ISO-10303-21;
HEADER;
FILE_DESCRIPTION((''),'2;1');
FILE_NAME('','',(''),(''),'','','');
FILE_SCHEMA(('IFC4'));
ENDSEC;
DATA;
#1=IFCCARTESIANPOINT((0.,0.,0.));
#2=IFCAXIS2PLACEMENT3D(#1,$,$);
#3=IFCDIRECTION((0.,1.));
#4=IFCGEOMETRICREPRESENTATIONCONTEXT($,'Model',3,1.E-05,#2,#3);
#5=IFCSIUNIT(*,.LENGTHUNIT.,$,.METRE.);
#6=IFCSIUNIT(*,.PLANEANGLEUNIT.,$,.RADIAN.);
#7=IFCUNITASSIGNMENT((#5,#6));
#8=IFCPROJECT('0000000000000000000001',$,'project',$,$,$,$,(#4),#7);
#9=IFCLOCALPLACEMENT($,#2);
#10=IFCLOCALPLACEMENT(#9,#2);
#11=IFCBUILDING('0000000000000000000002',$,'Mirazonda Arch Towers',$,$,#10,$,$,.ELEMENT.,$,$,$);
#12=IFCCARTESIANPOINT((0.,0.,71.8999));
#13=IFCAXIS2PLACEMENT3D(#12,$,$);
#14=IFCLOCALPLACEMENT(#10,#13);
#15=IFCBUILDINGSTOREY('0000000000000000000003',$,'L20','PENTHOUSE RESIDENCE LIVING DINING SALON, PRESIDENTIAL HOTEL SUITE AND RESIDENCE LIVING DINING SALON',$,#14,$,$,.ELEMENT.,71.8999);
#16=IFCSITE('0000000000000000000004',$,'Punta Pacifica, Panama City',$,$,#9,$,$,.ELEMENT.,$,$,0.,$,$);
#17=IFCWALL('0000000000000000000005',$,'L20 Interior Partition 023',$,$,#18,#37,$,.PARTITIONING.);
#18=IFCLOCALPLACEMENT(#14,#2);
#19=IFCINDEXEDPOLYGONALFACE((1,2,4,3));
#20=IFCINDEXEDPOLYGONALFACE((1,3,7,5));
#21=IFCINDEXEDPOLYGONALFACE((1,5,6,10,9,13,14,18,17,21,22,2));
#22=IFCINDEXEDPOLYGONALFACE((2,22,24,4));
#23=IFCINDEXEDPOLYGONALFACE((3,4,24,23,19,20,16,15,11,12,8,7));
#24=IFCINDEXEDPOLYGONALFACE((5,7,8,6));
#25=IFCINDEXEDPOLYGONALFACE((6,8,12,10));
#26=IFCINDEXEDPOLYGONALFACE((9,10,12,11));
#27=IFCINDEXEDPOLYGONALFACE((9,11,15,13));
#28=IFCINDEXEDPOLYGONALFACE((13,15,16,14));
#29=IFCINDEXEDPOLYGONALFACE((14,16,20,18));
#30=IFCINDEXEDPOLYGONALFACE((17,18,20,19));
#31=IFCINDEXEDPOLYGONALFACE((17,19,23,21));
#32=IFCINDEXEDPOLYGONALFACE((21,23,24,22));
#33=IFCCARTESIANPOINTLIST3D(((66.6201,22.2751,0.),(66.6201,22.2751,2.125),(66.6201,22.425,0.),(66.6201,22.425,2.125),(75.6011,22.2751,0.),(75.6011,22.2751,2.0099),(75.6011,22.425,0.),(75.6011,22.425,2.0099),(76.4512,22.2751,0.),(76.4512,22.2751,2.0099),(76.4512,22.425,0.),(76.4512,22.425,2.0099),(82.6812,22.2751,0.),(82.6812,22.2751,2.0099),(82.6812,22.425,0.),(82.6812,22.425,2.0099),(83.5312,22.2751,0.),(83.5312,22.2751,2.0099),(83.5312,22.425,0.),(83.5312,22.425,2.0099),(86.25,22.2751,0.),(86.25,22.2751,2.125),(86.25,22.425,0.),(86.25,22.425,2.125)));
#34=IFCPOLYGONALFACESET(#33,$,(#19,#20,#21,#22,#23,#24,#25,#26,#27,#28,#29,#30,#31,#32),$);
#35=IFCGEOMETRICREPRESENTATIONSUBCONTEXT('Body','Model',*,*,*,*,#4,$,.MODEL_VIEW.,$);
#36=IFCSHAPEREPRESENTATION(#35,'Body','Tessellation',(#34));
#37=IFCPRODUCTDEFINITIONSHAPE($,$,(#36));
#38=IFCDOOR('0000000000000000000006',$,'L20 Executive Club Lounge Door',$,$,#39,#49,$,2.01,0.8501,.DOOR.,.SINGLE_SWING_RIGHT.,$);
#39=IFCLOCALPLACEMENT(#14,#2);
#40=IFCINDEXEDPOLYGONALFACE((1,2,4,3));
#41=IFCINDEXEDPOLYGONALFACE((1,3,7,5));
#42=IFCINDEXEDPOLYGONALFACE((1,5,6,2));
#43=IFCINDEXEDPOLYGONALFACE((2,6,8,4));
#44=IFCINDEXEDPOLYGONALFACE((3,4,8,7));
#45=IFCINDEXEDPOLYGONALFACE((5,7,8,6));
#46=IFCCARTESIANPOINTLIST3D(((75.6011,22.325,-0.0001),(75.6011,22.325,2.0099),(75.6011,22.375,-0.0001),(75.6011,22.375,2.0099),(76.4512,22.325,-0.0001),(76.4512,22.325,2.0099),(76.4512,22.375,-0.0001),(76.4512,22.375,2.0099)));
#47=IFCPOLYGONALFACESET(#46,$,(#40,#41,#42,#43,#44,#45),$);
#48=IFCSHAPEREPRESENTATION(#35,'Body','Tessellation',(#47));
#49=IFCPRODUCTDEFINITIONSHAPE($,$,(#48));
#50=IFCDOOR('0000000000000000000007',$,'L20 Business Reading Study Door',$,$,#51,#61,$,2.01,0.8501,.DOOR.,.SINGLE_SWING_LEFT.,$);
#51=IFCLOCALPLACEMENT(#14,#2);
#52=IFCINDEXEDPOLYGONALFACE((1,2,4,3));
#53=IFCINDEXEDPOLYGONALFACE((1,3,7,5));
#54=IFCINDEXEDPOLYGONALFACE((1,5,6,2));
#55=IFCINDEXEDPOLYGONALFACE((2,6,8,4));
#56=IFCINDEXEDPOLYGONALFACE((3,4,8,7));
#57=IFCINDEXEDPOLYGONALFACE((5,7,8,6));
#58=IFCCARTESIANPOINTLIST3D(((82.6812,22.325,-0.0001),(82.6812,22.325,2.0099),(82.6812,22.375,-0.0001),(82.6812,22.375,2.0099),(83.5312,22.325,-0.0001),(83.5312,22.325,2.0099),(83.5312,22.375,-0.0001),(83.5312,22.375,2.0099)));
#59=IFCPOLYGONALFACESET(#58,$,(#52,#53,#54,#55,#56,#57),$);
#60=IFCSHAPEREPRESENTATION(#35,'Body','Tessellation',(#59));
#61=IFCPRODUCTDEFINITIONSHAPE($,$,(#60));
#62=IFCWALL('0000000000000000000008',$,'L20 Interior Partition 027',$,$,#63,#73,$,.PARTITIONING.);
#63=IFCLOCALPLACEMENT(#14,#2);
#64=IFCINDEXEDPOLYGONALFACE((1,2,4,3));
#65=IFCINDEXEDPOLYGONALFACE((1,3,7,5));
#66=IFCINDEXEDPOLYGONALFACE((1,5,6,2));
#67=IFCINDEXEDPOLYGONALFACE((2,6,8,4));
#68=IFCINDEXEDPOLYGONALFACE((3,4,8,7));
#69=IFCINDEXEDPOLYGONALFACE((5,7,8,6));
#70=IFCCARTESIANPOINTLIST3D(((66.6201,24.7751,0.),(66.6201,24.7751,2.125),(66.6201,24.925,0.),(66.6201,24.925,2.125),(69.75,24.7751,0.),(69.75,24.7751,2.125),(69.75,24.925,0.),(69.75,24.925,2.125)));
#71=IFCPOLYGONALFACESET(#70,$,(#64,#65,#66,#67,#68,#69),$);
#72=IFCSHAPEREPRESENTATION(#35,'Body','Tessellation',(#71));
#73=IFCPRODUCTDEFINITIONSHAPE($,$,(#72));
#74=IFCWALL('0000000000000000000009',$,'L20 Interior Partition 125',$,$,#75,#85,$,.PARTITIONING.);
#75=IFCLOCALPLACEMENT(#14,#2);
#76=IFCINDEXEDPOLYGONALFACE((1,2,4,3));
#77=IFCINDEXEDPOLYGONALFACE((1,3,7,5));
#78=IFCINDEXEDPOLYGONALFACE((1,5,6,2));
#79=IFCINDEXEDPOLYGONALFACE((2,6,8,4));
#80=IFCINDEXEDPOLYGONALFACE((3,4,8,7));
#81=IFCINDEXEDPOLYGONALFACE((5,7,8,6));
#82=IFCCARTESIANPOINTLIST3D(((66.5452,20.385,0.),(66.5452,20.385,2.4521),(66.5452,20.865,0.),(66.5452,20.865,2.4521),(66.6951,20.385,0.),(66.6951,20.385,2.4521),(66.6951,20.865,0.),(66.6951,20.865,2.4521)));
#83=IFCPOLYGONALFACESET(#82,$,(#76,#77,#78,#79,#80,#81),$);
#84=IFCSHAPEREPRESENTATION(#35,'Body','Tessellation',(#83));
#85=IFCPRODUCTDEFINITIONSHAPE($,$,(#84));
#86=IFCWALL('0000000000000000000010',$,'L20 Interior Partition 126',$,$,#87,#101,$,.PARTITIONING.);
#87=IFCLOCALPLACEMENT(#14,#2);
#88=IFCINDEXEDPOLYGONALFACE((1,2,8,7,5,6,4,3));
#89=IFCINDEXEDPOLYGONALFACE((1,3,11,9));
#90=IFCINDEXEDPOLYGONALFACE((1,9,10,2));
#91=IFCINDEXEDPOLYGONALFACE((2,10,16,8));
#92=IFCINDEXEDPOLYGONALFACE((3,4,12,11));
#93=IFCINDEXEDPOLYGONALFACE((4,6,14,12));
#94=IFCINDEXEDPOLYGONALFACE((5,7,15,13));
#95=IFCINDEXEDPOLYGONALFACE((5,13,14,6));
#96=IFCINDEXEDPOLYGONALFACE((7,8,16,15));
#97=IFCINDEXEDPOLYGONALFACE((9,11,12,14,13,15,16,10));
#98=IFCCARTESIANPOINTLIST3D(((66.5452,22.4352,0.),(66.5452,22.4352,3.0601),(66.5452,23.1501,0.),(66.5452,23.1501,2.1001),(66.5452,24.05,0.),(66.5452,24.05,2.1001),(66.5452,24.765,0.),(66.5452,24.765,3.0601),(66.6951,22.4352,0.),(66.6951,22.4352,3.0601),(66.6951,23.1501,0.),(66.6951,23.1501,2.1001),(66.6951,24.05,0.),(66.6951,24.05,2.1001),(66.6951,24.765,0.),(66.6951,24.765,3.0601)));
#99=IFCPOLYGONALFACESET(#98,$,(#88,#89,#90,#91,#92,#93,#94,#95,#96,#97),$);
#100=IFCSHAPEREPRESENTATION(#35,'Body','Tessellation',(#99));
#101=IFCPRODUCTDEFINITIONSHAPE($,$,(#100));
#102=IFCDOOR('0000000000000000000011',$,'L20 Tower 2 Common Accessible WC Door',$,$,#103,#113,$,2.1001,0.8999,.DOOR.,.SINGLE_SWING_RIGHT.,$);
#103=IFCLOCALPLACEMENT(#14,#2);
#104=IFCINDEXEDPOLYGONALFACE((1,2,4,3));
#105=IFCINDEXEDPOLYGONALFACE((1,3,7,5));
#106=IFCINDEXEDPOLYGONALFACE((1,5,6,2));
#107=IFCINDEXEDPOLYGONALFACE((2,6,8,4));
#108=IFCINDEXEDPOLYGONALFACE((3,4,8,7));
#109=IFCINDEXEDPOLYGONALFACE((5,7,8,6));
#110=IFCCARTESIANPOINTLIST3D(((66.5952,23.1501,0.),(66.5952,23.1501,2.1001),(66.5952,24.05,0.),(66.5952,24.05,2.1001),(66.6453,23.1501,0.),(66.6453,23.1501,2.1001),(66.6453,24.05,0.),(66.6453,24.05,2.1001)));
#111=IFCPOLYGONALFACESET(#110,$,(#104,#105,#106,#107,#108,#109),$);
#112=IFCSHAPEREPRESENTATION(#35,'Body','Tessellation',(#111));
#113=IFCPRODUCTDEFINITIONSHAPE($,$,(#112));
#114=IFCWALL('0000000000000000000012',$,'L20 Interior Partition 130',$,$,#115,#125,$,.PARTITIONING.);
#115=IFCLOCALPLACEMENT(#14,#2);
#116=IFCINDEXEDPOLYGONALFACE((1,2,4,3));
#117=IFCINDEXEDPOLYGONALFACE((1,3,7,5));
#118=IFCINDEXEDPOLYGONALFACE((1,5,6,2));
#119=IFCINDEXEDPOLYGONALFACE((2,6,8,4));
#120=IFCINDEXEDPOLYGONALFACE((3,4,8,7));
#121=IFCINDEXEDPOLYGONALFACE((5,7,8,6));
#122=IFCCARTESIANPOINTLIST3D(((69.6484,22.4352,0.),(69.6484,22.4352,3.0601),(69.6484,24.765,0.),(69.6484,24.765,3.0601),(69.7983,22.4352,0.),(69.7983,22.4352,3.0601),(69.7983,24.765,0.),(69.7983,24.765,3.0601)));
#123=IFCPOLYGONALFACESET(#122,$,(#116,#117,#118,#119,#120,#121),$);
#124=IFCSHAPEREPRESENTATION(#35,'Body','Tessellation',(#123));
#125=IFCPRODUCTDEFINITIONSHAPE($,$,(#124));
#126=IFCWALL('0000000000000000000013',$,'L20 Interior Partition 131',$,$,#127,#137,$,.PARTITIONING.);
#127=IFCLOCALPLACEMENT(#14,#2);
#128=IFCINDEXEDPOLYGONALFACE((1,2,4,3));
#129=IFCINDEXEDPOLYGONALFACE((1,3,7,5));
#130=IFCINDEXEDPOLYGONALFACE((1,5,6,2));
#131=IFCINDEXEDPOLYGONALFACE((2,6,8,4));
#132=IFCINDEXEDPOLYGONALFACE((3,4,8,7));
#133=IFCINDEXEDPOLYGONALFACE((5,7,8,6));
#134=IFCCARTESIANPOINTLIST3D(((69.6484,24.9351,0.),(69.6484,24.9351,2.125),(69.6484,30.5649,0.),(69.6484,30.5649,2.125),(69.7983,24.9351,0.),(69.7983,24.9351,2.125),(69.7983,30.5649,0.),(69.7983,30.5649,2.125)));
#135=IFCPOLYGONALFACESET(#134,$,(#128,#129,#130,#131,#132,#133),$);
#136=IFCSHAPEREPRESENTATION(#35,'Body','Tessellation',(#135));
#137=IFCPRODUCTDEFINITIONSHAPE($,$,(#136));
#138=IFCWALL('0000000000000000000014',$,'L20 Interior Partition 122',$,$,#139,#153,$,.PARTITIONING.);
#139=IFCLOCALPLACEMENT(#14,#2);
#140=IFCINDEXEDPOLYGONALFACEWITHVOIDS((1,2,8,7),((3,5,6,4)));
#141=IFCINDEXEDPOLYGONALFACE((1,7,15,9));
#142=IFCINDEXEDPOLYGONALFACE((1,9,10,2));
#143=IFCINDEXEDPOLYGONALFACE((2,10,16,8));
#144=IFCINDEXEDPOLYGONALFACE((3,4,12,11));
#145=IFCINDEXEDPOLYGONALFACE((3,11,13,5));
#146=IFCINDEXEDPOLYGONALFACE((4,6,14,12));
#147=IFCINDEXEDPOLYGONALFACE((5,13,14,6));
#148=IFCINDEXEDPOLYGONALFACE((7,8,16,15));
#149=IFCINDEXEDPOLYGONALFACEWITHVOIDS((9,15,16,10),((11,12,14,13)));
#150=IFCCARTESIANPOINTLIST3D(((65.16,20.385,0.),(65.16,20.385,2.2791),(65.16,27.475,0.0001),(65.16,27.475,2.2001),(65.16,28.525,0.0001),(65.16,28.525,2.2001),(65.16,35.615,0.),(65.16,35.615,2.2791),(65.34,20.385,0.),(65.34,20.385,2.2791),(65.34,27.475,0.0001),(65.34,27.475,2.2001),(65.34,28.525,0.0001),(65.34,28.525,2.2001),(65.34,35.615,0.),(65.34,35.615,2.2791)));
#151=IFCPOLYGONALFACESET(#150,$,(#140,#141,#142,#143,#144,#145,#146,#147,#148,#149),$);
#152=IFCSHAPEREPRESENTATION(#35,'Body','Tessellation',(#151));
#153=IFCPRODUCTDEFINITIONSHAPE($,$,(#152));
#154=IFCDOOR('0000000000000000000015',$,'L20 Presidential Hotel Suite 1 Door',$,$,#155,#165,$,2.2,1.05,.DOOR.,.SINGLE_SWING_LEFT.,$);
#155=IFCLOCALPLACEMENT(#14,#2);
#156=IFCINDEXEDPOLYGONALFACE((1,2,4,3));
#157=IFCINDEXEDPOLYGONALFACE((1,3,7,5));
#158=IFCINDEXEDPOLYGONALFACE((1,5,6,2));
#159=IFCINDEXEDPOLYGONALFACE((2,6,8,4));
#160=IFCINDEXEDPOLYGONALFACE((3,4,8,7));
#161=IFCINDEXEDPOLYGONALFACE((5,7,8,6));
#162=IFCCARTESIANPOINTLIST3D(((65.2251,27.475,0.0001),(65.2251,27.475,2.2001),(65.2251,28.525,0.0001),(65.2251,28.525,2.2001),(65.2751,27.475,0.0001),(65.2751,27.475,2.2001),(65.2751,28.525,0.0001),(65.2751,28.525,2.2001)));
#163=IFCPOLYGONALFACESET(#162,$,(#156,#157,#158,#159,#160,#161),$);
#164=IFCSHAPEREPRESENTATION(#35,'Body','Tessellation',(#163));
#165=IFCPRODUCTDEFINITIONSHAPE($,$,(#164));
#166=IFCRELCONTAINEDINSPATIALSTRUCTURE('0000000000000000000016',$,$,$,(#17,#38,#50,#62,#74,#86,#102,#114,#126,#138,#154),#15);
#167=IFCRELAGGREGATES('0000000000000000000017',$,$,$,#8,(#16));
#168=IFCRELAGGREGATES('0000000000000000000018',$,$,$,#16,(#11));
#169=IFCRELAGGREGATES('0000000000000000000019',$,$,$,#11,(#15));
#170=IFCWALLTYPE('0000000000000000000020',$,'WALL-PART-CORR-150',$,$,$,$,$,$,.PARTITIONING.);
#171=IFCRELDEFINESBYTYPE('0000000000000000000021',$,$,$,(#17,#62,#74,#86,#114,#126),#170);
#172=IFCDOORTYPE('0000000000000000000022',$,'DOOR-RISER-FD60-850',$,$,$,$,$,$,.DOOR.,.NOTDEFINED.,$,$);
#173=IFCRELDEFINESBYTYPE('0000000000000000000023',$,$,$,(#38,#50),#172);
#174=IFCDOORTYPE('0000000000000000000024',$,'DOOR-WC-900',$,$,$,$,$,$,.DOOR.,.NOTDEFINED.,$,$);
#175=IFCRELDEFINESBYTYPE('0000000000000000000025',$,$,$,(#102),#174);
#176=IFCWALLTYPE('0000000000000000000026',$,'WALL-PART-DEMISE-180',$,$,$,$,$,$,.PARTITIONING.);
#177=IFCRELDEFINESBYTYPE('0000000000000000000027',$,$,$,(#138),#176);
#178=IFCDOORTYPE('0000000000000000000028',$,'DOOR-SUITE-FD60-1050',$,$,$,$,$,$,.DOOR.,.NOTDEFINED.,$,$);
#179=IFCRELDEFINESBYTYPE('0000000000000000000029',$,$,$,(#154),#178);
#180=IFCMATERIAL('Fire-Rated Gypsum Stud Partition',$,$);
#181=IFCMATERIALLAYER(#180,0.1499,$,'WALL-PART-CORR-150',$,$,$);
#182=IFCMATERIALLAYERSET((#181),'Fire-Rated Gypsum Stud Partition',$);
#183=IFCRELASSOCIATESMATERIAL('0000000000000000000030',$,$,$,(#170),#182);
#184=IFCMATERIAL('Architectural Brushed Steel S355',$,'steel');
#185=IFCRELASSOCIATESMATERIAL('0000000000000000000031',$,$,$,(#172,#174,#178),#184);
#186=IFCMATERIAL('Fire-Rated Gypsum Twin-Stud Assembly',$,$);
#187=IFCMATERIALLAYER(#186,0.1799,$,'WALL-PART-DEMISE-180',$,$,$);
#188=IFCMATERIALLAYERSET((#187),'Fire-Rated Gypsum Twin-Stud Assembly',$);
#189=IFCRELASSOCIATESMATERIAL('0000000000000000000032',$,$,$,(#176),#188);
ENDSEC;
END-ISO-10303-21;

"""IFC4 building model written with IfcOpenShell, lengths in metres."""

from ifc_helpers import new_model, si_unit, direction, frame, frame_2d, origin, place, context, subcontext, project, spatial, rectangle, extrude, material, layer, layer_set, type_object, element, fill, save


model = new_model("IFC4")

# Units and contexts
model_context = context("Model", 3, precision=1e-05, world=origin(), true_north=direction((0.0, 1.0)))
body_context = subcontext(model_context, "Body", "Model", "MODEL_VIEW")
ifc_project = project(units=[si_unit("LENGTHUNIT", "METRE"), si_unit("PLANEANGLEUNIT", "RADIAN")], contexts=[model_context])

# Site, building, storey
site_placement = place(None, origin())
site = spatial("IfcSite", under=ifc_project, at=site_placement, Name="Punta Pacifica, Panama City", CompositionType="ELEMENT", RefElevation=0.0)
building_placement = place(site_placement, origin())
building = spatial("IfcBuilding", under=site, at=building_placement, Name="Mirazonda Arch Towers", CompositionType="ELEMENT")
storey_placement = place(building_placement, frame((0.0, 0.0, 71.8999)))
storey = spatial("IfcBuildingStorey", under=building, at=storey_placement, Name="L20", Description="PENTHOUSE RESIDENCE LIVING DINING SALON, PRESIDENTIAL HOTEL SUITE AND RESIDENCE LIVING DINING SALON", CompositionType="ELEMENT", Elevation=71.8999)

# Shared definitions
ifc_material_1 = material(Name="Architectural Brushed Steel S355", Category="steel")

# Shared definitions
ifc_material_2 = material(Name="Fire-Rated Gypsum Stud Partition")
ifc_layer_1 = layer(ifc_material_2, 0.1499, Name="WALL-PART-CORR-150")
ifc_layer_set_1 = layer_set([ifc_layer_1], Name="Fire-Rated Gypsum Stud Partition")
wall_type_1 = type_object("IfcWallType", Name="WALL-PART-CORR-150", PredefinedType="PARTITIONING", material=ifc_layer_set_1)

# Wall, openings, doors
wall_1_placement = place(storey_placement, frame((66.6201, 22.3501, 0.0), z_axis=(0.0, 0.0, 1.0), x_axis=(1.0, 0.0, 0.0)))
wall_1 = element("IfcWall", 1, at=wall_1_placement, inside=storey, type_object=wall_type_1, Name="L20 Interior Partition 023", PredefinedType="PARTITIONING", context=body_context, shape_type="SweptSolid", body=[
    extrude(rectangle(XDim=19.6299, YDim=0.1499, at=frame_2d((9.8149, 0.0))), origin(), (0.0, 0.0, 1.0), 2.125),
])
opening_1_placement = place(wall_1_placement, frame((8.981, 0.0, 0.0)))
opening_1 = element("IfcOpeningElement", 2, at=opening_1_placement, cuts=wall_1, PredefinedType="OPENING", context=body_context, shape_type="SweptSolid", body=[
    extrude(rectangle(XDim=0.8501, YDim=2.01, at=frame_2d((0.425, 1.0049))), frame((0.0, 0.085, 0.0), z_axis=(0.0, -1.0, 0.0), x_axis=(1.0, 0.0, 0.0)), (0.0, 0.0, 1.0), 0.1699),
])
opening_2_placement = place(wall_1_placement, frame((16.061, 0.0, 0.0)))
opening_2 = element("IfcOpeningElement", 3, at=opening_2_placement, cuts=wall_1, PredefinedType="OPENING", context=body_context, shape_type="SweptSolid", body=[
    extrude(rectangle(XDim=0.8501, YDim=2.01, at=frame_2d((0.425, 1.0049))), frame((0.0, 0.085, 0.0), z_axis=(0.0, -1.0, 0.0), x_axis=(1.0, 0.0, 0.0)), (0.0, 0.0, 1.0), 0.1699),
])
door_type_1 = type_object("IfcDoorType", Name="DOOR-RISER-FD60-850", OperationType="NOTDEFINED", PredefinedType="DOOR", material=ifc_material_1)
door_1_placement = place(opening_1_placement, origin())
door_1 = element("IfcDoor", 4, at=door_1_placement, inside=storey, type_object=door_type_1, Name="L20 Executive Club Lounge Door", OperationType="SINGLE_SWING_RIGHT", OverallHeight=2.01, OverallWidth=0.8501, PredefinedType="DOOR", context=body_context, shape_type="SweptSolid", body=[
    extrude(rectangle(XDim=0.8501, YDim=2.01, at=frame_2d((0.425, 1.0049))), frame((0.0, 0.0249, 0.0), z_axis=(0.0, -1.0, 0.0), x_axis=(1.0, 0.0, 0.0)), (0.0, 0.0, 1.0), 0.05),
])
fill(opening_1, door_1)
door_2_placement = place(opening_2_placement, origin())
door_2 = element("IfcDoor", 5, at=door_2_placement, inside=storey, type_object=door_type_1, Name="L20 Business Reading Study Door", OperationType="SINGLE_SWING_LEFT", OverallHeight=2.01, OverallWidth=0.8501, PredefinedType="DOOR", context=body_context, shape_type="SweptSolid", body=[
    extrude(rectangle(XDim=0.8501, YDim=2.01, at=frame_2d((0.425, 1.0049))), frame((0.0, 0.0249, 0.0), z_axis=(0.0, -1.0, 0.0), x_axis=(1.0, 0.0, 0.0)), (0.0, 0.0, 1.0), 0.05),
])
fill(opening_2, door_2)

# Walls
wall_2_placement = place(storey_placement, frame((66.6201, 24.8501, 0.0), z_axis=(0.0, 0.0, 1.0), x_axis=(1.0, 0.0, 0.0)))
element("IfcWall", 6, at=wall_2_placement, inside=storey, type_object=wall_type_1, Name="L20 Interior Partition 027", PredefinedType="PARTITIONING", context=body_context, shape_type="SweptSolid", body=[
    extrude(rectangle(XDim=3.1299, YDim=0.1499, at=frame_2d((1.5649, 0.0))), origin(), (0.0, 0.0, 1.0), 2.125),
])
wall_3_placement = place(storey_placement, frame((66.6201, 20.385, 0.0), z_axis=(0.0, 0.0, 1.0), x_axis=(0.0, 1.0, 0.0)))
element("IfcWall", 7, at=wall_3_placement, inside=storey, type_object=wall_type_1, Name="L20 Interior Partition 125", PredefinedType="PARTITIONING", context=body_context, shape_type="SweptSolid", body=[
    extrude(rectangle(XDim=0.48, YDim=0.1499, at=frame_2d((0.24, 0.0))), origin(), (0.0, 0.0, 1.0), 2.4521),
])

# Wall, opening, door
wall_4_placement = place(storey_placement, frame((66.6201, 22.4351, 0.0), z_axis=(0.0, 0.0, 1.0), x_axis=(0.0, 1.0, 0.0)))
wall_4 = element("IfcWall", 8, at=wall_4_placement, inside=storey, type_object=wall_type_1, Name="L20 Interior Partition 126", PredefinedType="PARTITIONING", context=body_context, shape_type="SweptSolid", body=[
    extrude(rectangle(XDim=2.3298, YDim=0.1499, at=frame_2d((1.165, 0.0))), origin(), (0.0, 0.0, 1.0), 3.0601),
])
opening_3_placement = place(wall_4_placement, frame((0.7151, 0.0, 0.0)))
opening_3 = element("IfcOpeningElement", 9, at=opening_3_placement, cuts=wall_4, PredefinedType="OPENING", context=body_context, shape_type="SweptSolid", body=[
    extrude(rectangle(XDim=0.8999, YDim=2.1001, at=frame_2d((0.45, 1.05))), frame((0.0, 0.085, 0.0), z_axis=(0.0, -1.0, 0.0), x_axis=(1.0, 0.0, 0.0)), (0.0, 0.0, 1.0), 0.1699),
])
door_type_2 = type_object("IfcDoorType", Name="DOOR-WC-900", OperationType="NOTDEFINED", PredefinedType="DOOR", material=ifc_material_1)
door_3_placement = place(opening_3_placement, origin())
door_3 = element("IfcDoor", 10, at=door_3_placement, inside=storey, type_object=door_type_2, Name="L20 Tower 2 Common Accessible WC Door", OperationType="SINGLE_SWING_RIGHT", OverallHeight=2.1001, OverallWidth=0.8999, PredefinedType="DOOR", context=body_context, shape_type="SweptSolid", body=[
    extrude(rectangle(XDim=0.8999, YDim=2.1001, at=frame_2d((0.45, 1.05))), frame((0.0, 0.0249, 0.0), z_axis=(0.0, -1.0, 0.0), x_axis=(1.0, 0.0, 0.0)), (0.0, 0.0, 1.0), 0.05),
])
fill(opening_3, door_3)

# Walls
wall_5_placement = place(storey_placement, frame((69.7234, 22.4351, 0.0), z_axis=(0.0, 0.0, 1.0), x_axis=(0.0, 1.0, 0.0)))
element("IfcWall", 11, at=wall_5_placement, inside=storey, type_object=wall_type_1, Name="L20 Interior Partition 130", PredefinedType="PARTITIONING", context=body_context, shape_type="SweptSolid", body=[
    extrude(rectangle(XDim=2.3298, YDim=0.1499, at=frame_2d((1.165, 0.0))), origin(), (0.0, 0.0, 1.0), 3.0601),
])
wall_6_placement = place(storey_placement, frame((69.7234, 24.9351, 0.0), z_axis=(0.0, 0.0, 1.0), x_axis=(0.0, 1.0, 0.0)))
element("IfcWall", 12, at=wall_6_placement, inside=storey, type_object=wall_type_1, Name="L20 Interior Partition 131", PredefinedType="PARTITIONING", context=body_context, shape_type="SweptSolid", body=[
    extrude(rectangle(XDim=5.6299, YDim=0.1499, at=frame_2d((2.8149, 0.0))), origin(), (0.0, 0.0, 1.0), 2.125),
])

# Wall, opening, door
ifc_material_3 = material(Name="Fire-Rated Gypsum Twin-Stud Assembly")
ifc_layer_2 = layer(ifc_material_3, 0.1799, Name="WALL-PART-DEMISE-180")
ifc_layer_set_2 = layer_set([ifc_layer_2], Name="Fire-Rated Gypsum Twin-Stud Assembly")
wall_type_2 = type_object("IfcWallType", Name="WALL-PART-DEMISE-180", PredefinedType="PARTITIONING", material=ifc_layer_set_2)
wall_7_placement = place(storey_placement, frame((65.25, 20.385, 0.0), z_axis=(0.0, 0.0, 1.0), x_axis=(0.0, 1.0, 0.0)))
wall_7 = element("IfcWall", 13, at=wall_7_placement, inside=storey, type_object=wall_type_2, Name="L20 Interior Partition 122", PredefinedType="PARTITIONING", context=body_context, shape_type="SweptSolid", body=[
    extrude(rectangle(XDim=15.23, YDim=0.1799, at=frame_2d((7.615, 0.0))), origin(), (0.0, 0.0, 1.0), 2.2791),
])
opening_4_placement = place(wall_7_placement, frame((7.0901, 0.0, 0.0)))
opening_4 = element("IfcOpeningElement", 14, at=opening_4_placement, cuts=wall_7, PredefinedType="OPENING", context=body_context, shape_type="SweptSolid", body=[
    extrude(rectangle(XDim=1.05, YDim=2.2, at=frame_2d((0.5249, 1.1001))), frame((0.0, 0.0999, 0.0), z_axis=(0.0, -1.0, 0.0), x_axis=(1.0, 0.0, 0.0)), (0.0, 0.0, 1.0), 0.2),
])
door_type_3 = type_object("IfcDoorType", Name="DOOR-SUITE-FD60-1050", OperationType="NOTDEFINED", PredefinedType="DOOR", material=ifc_material_1)
door_4_placement = place(opening_4_placement, origin())
door_4 = element("IfcDoor", 15, at=door_4_placement, inside=storey, type_object=door_type_3, Name="L20 Presidential Hotel Suite 1 Door", OperationType="SINGLE_SWING_LEFT", OverallHeight=2.2, OverallWidth=1.05, PredefinedType="DOOR", context=body_context, shape_type="SweptSolid", body=[
    extrude(rectangle(XDim=1.05, YDim=2.2, at=frame_2d((0.5249, 1.1001))), frame((0.0, 0.0249, 0.0), z_axis=(0.0, -1.0, 0.0), x_axis=(1.0, 0.0, 0.0)), (0.0, 0.0, 1.0), 0.05),
])
fill(opening_4, door_4)

save(model, "model.ifc")
